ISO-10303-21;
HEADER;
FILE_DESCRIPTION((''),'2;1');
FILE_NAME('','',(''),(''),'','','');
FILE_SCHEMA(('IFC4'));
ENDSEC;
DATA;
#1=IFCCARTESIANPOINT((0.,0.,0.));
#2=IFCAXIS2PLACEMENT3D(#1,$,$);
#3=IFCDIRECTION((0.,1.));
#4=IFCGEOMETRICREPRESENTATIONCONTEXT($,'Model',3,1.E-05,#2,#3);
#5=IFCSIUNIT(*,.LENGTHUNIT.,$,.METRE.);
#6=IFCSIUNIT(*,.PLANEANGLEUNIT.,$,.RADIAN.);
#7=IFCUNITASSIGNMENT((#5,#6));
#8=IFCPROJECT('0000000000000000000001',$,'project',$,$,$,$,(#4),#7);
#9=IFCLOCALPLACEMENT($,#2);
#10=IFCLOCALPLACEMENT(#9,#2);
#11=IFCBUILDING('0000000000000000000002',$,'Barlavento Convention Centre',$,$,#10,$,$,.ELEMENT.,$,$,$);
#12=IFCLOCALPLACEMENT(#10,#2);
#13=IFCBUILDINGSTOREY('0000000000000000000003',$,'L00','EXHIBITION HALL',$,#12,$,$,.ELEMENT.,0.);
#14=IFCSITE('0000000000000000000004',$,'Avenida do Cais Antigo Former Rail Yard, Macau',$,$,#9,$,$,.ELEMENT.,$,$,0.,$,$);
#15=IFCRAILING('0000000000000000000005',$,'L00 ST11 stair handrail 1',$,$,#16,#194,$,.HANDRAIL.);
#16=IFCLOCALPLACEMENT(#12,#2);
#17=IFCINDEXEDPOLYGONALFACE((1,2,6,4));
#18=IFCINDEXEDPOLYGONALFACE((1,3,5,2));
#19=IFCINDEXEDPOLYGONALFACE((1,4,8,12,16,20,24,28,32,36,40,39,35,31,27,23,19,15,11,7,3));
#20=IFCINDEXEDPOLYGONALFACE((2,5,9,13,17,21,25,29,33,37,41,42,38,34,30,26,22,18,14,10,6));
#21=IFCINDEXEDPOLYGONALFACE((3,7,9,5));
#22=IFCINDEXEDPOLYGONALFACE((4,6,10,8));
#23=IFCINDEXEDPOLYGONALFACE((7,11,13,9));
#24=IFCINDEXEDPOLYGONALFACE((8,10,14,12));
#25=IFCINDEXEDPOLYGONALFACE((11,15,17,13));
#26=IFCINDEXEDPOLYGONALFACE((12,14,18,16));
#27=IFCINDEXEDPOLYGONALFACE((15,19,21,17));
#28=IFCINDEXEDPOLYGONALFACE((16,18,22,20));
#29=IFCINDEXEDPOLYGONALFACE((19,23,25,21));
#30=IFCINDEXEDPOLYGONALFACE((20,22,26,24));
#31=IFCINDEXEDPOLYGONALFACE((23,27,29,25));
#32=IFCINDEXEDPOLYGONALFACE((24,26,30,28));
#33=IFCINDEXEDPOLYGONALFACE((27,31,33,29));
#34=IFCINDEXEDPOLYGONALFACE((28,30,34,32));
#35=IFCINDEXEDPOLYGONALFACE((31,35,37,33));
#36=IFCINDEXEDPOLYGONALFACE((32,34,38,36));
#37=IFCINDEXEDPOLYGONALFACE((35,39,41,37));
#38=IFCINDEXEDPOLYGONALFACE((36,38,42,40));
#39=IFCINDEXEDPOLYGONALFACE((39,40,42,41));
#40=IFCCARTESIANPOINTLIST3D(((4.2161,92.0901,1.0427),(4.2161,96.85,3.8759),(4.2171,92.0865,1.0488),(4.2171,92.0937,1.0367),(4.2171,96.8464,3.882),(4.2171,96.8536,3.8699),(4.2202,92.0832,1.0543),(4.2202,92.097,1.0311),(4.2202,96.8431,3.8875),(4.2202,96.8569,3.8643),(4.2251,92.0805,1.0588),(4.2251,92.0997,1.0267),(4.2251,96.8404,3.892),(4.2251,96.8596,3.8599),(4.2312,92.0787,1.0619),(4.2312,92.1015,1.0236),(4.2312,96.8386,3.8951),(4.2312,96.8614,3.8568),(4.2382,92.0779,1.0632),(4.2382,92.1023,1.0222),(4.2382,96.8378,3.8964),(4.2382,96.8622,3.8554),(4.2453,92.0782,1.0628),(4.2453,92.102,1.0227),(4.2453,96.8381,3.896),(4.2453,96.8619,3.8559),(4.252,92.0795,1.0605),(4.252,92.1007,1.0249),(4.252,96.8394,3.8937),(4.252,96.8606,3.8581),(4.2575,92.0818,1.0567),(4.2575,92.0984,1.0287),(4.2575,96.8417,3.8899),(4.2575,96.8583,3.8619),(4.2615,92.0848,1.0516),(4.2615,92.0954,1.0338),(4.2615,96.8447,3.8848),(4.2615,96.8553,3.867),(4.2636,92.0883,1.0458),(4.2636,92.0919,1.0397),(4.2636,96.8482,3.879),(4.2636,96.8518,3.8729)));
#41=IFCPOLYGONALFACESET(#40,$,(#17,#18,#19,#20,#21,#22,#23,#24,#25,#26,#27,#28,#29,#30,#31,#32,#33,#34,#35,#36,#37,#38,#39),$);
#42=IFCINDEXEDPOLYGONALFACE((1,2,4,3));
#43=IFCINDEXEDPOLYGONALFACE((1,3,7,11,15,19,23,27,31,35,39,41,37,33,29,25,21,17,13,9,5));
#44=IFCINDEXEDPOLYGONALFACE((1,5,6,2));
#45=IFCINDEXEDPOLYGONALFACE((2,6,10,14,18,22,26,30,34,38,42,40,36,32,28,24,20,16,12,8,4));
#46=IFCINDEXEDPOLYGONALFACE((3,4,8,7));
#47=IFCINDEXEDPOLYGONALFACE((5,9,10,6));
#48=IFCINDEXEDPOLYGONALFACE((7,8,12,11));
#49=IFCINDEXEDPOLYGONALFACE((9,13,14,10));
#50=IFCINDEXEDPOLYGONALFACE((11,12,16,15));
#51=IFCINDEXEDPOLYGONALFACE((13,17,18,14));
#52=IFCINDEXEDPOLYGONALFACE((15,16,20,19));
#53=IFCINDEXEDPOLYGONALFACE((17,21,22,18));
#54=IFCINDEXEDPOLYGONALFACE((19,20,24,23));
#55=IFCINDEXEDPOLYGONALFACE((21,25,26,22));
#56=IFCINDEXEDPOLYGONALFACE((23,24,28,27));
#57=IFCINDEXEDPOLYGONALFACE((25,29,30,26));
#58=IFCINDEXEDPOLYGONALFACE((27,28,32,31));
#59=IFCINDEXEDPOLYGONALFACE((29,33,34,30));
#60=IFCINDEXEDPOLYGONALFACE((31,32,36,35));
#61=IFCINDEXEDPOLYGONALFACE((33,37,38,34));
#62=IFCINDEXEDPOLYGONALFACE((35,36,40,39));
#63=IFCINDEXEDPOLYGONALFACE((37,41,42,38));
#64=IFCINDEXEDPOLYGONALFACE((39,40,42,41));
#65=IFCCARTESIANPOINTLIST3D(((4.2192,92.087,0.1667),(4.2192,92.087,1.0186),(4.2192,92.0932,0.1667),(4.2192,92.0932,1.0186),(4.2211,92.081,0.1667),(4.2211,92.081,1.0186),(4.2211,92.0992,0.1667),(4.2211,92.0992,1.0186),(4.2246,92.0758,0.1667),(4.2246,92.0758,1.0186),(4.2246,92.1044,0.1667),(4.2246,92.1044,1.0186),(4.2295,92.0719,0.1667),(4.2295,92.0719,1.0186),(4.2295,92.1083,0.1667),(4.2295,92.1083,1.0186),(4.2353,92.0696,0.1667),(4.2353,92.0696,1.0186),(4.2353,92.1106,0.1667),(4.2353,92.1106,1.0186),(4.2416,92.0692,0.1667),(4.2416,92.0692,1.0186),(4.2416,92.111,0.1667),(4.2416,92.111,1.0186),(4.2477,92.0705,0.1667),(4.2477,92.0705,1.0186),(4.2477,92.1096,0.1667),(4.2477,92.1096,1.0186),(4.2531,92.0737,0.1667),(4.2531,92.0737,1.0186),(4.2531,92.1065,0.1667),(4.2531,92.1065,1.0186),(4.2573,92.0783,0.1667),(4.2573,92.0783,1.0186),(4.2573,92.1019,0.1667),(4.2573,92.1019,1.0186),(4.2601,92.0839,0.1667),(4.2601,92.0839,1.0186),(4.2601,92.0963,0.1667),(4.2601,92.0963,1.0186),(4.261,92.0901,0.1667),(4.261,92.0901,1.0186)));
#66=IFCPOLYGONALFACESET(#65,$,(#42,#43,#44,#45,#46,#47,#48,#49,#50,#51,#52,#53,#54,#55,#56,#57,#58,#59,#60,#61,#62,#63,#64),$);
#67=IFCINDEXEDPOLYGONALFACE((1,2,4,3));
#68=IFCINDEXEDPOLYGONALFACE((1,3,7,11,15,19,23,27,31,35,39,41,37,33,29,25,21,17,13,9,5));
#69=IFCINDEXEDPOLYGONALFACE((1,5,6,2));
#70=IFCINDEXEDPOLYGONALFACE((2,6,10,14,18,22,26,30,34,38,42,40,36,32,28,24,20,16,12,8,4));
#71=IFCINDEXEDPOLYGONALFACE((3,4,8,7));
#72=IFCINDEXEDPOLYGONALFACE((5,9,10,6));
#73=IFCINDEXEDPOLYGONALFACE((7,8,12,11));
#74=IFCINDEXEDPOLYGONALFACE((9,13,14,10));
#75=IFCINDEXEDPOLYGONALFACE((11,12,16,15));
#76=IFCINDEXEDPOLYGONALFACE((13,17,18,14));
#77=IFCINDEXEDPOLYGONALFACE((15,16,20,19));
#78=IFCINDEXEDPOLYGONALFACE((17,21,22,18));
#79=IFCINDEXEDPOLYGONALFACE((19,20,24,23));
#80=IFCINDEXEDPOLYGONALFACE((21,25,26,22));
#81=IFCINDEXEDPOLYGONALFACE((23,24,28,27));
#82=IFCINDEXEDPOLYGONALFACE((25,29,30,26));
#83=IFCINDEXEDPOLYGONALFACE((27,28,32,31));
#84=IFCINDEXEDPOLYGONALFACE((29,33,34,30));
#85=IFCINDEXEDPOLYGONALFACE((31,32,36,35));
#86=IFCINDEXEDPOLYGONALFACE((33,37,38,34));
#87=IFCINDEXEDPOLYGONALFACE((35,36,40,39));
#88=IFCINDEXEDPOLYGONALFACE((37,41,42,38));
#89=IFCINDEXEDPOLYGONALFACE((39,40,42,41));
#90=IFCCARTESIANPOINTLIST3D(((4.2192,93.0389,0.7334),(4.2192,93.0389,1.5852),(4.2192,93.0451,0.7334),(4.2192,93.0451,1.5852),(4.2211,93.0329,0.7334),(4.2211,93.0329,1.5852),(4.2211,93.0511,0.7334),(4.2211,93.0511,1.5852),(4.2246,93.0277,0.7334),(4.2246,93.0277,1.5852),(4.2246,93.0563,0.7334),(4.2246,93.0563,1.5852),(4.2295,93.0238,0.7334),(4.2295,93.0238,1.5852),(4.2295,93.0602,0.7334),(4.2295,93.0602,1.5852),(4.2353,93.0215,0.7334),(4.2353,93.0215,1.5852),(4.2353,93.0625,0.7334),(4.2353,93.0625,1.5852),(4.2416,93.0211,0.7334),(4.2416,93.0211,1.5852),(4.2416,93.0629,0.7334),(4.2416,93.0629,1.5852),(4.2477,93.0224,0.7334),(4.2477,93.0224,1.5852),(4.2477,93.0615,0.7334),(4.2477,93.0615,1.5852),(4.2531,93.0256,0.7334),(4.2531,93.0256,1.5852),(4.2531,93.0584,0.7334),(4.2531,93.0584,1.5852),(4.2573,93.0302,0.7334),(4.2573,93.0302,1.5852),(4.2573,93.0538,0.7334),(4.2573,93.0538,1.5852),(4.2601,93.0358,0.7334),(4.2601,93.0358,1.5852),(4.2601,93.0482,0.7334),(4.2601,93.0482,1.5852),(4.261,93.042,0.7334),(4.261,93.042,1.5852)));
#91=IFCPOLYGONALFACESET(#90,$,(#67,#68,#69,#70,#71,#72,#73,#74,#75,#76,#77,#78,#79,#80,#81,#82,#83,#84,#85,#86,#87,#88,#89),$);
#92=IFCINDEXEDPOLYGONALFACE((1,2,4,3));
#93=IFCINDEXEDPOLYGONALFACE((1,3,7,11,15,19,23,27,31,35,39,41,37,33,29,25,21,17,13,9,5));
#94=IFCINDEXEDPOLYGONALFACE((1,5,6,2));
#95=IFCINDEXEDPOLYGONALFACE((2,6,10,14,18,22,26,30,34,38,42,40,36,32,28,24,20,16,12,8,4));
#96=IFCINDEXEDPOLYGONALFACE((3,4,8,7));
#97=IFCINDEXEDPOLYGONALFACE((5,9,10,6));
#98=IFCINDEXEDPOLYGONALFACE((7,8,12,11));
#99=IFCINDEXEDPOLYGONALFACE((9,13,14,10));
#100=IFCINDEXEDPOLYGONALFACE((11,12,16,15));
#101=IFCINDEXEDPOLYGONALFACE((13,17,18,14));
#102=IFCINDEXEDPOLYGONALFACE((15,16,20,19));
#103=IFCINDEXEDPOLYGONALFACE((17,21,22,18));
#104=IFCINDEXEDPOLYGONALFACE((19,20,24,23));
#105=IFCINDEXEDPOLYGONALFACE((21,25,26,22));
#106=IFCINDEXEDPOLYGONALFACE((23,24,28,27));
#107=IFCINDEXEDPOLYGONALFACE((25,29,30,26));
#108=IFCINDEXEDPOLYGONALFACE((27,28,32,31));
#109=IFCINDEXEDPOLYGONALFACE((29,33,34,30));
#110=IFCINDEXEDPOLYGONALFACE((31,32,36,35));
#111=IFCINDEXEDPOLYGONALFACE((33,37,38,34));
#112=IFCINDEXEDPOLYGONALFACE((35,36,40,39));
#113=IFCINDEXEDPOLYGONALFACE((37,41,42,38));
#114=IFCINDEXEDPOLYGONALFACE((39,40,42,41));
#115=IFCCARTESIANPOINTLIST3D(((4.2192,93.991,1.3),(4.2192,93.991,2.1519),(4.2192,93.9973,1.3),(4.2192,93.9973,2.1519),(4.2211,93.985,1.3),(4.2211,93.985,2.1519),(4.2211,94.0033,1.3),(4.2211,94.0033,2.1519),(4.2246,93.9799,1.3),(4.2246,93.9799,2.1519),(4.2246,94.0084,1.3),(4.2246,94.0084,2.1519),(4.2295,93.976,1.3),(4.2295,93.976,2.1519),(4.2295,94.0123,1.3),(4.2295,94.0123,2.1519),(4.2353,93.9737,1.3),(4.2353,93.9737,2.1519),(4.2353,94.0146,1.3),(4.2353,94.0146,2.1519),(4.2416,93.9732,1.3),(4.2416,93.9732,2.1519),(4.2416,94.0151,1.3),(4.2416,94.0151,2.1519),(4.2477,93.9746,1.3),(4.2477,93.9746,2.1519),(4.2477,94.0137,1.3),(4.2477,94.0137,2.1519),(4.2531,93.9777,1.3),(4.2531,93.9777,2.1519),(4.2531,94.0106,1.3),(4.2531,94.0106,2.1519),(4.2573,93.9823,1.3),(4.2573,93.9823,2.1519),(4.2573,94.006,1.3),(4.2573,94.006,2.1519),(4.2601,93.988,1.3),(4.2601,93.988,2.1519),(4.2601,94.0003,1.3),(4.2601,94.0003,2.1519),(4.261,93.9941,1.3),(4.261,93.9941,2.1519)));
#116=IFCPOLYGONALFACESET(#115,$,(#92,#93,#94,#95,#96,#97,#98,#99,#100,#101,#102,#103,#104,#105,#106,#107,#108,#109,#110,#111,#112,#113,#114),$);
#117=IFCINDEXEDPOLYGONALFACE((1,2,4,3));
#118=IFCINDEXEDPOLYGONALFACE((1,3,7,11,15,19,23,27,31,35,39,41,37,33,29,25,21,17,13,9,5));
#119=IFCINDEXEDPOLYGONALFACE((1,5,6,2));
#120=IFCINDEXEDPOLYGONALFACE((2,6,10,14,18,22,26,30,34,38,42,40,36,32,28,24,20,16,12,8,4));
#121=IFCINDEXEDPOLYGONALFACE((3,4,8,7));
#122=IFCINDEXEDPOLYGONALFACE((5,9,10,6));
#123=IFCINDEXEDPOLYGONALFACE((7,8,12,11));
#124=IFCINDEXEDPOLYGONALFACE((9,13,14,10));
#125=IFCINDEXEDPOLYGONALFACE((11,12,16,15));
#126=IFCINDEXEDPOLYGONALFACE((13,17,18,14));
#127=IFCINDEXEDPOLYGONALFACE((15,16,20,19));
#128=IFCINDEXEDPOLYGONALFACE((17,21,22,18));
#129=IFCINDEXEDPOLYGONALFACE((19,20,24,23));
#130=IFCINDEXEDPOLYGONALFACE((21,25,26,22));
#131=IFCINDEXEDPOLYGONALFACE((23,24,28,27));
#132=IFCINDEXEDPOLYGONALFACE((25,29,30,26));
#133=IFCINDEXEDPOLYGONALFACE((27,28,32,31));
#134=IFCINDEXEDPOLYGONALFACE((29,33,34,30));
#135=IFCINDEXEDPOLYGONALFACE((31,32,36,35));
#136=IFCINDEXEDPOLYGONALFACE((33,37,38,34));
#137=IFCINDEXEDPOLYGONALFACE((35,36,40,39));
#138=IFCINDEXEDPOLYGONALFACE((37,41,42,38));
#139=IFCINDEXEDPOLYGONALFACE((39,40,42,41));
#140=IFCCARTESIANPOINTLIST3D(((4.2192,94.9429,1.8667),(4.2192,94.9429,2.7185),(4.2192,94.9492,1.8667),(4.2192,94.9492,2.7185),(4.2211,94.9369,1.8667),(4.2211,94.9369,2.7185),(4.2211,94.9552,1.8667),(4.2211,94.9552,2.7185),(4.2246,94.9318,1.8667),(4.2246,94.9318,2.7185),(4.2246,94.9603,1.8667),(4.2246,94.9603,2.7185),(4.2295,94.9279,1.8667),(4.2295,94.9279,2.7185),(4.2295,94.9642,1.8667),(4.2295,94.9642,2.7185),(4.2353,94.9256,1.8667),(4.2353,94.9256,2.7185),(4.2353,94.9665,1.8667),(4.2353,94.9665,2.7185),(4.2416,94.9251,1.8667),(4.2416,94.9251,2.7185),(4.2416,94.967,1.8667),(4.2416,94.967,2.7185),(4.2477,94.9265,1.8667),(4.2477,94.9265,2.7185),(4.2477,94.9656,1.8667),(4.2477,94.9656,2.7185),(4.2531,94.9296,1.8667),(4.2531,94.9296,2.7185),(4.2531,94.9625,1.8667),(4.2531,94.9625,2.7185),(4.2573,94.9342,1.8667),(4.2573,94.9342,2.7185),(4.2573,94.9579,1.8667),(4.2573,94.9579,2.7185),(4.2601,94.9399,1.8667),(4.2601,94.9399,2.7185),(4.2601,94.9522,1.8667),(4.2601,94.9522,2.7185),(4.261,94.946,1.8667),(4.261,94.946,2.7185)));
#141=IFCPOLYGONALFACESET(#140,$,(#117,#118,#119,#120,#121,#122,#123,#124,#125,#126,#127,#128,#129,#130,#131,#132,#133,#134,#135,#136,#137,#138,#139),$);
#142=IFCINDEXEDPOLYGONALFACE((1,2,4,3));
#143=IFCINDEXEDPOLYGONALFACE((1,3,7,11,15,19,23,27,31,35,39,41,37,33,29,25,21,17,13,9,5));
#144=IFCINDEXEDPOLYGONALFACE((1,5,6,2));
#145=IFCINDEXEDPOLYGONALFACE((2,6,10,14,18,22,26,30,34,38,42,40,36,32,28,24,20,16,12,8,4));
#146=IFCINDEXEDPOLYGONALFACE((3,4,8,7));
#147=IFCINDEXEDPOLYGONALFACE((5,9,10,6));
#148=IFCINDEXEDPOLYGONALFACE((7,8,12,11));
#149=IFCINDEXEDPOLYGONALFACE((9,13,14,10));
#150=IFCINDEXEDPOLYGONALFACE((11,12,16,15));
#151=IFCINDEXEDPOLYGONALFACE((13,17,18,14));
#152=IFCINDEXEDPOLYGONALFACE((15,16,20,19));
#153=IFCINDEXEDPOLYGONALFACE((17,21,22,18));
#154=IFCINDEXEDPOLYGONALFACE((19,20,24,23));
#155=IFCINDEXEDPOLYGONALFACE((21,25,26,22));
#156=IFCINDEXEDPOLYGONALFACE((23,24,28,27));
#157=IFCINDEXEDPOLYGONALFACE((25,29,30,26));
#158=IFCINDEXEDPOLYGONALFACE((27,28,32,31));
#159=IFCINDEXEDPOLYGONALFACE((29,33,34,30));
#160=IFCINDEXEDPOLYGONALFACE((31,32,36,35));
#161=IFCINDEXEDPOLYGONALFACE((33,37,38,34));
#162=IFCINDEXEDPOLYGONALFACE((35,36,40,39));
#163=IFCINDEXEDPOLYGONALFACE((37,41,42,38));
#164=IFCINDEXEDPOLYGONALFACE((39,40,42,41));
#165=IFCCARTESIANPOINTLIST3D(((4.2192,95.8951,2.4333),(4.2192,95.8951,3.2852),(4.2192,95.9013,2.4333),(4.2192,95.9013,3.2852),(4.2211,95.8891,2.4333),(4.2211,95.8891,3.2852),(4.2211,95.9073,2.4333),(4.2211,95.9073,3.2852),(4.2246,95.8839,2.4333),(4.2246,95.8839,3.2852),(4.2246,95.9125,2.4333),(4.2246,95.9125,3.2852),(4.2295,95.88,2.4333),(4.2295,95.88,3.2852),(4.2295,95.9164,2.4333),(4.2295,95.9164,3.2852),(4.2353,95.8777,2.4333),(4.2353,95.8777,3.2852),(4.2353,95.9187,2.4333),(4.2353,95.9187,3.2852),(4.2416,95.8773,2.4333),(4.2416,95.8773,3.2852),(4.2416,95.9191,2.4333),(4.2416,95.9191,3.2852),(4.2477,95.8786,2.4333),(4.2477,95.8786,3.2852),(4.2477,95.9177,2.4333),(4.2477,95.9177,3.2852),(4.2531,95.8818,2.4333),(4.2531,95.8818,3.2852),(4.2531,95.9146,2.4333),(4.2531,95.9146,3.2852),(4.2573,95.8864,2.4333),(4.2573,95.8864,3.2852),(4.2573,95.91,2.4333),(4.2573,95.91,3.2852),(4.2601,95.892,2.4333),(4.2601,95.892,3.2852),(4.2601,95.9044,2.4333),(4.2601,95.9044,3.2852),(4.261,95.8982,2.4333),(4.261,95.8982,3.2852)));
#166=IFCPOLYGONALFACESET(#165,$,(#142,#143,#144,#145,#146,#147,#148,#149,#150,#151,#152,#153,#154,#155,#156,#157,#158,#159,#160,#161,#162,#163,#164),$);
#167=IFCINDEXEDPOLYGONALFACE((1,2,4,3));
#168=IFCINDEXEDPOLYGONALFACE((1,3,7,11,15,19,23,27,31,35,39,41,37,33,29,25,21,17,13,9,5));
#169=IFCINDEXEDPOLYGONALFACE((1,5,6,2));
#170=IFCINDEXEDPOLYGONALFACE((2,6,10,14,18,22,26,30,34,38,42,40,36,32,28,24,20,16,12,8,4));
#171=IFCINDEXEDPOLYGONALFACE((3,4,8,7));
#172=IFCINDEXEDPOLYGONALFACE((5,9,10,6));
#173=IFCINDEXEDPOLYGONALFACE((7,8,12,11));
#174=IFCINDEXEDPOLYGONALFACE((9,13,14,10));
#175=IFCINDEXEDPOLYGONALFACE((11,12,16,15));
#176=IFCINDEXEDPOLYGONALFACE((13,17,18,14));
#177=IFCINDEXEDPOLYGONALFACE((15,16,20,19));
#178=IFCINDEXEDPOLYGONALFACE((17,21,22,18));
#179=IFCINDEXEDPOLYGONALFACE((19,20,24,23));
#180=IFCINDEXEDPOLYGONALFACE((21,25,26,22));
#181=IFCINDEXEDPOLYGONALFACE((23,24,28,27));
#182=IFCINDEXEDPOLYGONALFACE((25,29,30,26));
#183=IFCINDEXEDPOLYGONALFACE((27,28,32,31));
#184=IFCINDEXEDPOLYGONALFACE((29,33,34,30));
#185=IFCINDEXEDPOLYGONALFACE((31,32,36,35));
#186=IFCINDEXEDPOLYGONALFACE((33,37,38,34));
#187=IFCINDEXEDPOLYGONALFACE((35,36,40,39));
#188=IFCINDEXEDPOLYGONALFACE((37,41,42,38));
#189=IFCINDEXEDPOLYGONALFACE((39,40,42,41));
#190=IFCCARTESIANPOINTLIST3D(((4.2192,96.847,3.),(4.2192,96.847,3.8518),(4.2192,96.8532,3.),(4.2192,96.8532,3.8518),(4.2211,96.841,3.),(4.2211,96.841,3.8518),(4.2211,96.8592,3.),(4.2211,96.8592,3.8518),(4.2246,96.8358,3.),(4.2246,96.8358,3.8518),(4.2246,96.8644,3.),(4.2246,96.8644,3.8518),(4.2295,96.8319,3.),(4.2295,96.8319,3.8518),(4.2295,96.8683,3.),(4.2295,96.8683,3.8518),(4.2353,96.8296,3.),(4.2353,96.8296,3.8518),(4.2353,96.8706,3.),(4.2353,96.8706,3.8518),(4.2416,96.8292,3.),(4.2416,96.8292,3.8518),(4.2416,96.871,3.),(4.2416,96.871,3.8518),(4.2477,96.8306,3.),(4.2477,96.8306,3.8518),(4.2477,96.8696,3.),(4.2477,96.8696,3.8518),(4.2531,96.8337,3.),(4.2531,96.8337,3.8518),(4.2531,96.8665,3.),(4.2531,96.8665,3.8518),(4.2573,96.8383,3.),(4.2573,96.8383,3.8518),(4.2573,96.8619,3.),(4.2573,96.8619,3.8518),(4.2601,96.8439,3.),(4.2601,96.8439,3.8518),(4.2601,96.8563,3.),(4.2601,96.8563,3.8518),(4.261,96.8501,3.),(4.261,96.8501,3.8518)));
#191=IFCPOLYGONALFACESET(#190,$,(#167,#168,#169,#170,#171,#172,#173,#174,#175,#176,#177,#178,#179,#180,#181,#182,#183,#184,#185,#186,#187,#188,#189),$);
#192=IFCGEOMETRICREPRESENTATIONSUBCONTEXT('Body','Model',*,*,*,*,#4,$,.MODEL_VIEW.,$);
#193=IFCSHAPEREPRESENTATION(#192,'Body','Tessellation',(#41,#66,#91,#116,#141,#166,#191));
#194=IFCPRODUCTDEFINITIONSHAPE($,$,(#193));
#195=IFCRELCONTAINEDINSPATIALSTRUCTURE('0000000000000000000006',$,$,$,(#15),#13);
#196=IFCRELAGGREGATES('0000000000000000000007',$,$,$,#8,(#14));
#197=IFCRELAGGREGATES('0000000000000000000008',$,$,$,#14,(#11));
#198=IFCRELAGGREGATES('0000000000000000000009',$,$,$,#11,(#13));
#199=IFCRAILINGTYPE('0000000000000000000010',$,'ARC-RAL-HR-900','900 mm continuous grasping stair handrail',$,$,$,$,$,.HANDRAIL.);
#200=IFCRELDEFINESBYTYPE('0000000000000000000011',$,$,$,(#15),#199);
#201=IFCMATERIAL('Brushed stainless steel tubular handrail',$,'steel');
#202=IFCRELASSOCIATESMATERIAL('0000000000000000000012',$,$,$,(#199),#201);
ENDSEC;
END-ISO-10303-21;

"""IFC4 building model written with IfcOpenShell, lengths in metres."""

from ifc_helpers import new_model, si_unit, direction, frame, origin, origin_2d, place, context, subcontext, project, spatial, circle, extrude, material, type_object, element, save


model = new_model("IFC4")

# Units and contexts
model_context = context("Model", 3, precision=1e-05, world=origin(), true_north=direction((0.0, 1.0)))
body_context = subcontext(model_context, "Body", "Model", "MODEL_VIEW")
ifc_project = project(units=[si_unit("LENGTHUNIT", "METRE"), si_unit("PLANEANGLEUNIT", "RADIAN")], contexts=[model_context])

# Site, building, storey
site_placement = place(None, origin())
site = spatial("IfcSite", under=ifc_project, at=site_placement, Name="Avenida do Cais Antigo Former Rail Yard, Macau", CompositionType="ELEMENT", RefElevation=0.0)
building_placement = place(site_placement, origin())
building = spatial("IfcBuilding", under=site, at=building_placement, Name="Barlavento Convention Centre", CompositionType="ELEMENT")
storey_placement = place(building_placement, origin())
storey = spatial("IfcBuildingStorey", under=building, at=storey_placement, Name="L00", Description="EXHIBITION HALL", CompositionType="ELEMENT", Elevation=0.0)

# Railing
ifc_material_1 = material(Name="Brushed stainless steel tubular handrail", Category="steel")
railing_type_1 = type_object("IfcRailingType", Name="ARC-RAL-HR-900", Description="900 mm continuous grasping stair handrail", PredefinedType="HANDRAIL", material=ifc_material_1)
railing_1_placement = place(storey_placement, frame((4.24, 92.0901, 0.1667)))
element("IfcRailing", 1, at=railing_1_placement, inside=storey, type_object=railing_type_1, Name="L00 ST11 stair handrail 1", PredefinedType="HANDRAIL", context=body_context, shape_type="SweptSolid", body=[
    extrude(circle(Radius=0.0239, at=origin_2d()), frame((0.0, 0.0, 0.876), z_axis=(0.0, 0.8593, 0.511472), x_axis=(-1.0, 0.0, 0.0)), (0.0, 0.0, 1.0), 5.5393),
    extrude(circle(Radius=0.021, at=origin_2d()), origin(), (0.0, 0.0, 1.0), 0.8518),
    extrude(circle(Radius=0.021, at=origin_2d()), frame((0.0, 0.9519, 0.5667)), (0.0, 0.0, 1.0), 0.8518),
    extrude(circle(Radius=0.021, at=origin_2d()), frame((0.0, 1.9041, 1.1333)), (0.0, 0.0, 1.0), 0.8518),
    extrude(circle(Radius=0.021, at=origin_2d()), frame((0.0, 2.856, 1.7)), (0.0, 0.0, 1.0), 0.8518),
    extrude(circle(Radius=0.021, at=origin_2d()), frame((0.0, 3.8081, 2.2666)), (0.0, 0.0, 1.0), 0.8518),
    extrude(circle(Radius=0.021, at=origin_2d()), frame((0.0, 4.76, 2.8333)), (0.0, 0.0, 1.0), 0.8518),
])

save(model, "model.ifc")
